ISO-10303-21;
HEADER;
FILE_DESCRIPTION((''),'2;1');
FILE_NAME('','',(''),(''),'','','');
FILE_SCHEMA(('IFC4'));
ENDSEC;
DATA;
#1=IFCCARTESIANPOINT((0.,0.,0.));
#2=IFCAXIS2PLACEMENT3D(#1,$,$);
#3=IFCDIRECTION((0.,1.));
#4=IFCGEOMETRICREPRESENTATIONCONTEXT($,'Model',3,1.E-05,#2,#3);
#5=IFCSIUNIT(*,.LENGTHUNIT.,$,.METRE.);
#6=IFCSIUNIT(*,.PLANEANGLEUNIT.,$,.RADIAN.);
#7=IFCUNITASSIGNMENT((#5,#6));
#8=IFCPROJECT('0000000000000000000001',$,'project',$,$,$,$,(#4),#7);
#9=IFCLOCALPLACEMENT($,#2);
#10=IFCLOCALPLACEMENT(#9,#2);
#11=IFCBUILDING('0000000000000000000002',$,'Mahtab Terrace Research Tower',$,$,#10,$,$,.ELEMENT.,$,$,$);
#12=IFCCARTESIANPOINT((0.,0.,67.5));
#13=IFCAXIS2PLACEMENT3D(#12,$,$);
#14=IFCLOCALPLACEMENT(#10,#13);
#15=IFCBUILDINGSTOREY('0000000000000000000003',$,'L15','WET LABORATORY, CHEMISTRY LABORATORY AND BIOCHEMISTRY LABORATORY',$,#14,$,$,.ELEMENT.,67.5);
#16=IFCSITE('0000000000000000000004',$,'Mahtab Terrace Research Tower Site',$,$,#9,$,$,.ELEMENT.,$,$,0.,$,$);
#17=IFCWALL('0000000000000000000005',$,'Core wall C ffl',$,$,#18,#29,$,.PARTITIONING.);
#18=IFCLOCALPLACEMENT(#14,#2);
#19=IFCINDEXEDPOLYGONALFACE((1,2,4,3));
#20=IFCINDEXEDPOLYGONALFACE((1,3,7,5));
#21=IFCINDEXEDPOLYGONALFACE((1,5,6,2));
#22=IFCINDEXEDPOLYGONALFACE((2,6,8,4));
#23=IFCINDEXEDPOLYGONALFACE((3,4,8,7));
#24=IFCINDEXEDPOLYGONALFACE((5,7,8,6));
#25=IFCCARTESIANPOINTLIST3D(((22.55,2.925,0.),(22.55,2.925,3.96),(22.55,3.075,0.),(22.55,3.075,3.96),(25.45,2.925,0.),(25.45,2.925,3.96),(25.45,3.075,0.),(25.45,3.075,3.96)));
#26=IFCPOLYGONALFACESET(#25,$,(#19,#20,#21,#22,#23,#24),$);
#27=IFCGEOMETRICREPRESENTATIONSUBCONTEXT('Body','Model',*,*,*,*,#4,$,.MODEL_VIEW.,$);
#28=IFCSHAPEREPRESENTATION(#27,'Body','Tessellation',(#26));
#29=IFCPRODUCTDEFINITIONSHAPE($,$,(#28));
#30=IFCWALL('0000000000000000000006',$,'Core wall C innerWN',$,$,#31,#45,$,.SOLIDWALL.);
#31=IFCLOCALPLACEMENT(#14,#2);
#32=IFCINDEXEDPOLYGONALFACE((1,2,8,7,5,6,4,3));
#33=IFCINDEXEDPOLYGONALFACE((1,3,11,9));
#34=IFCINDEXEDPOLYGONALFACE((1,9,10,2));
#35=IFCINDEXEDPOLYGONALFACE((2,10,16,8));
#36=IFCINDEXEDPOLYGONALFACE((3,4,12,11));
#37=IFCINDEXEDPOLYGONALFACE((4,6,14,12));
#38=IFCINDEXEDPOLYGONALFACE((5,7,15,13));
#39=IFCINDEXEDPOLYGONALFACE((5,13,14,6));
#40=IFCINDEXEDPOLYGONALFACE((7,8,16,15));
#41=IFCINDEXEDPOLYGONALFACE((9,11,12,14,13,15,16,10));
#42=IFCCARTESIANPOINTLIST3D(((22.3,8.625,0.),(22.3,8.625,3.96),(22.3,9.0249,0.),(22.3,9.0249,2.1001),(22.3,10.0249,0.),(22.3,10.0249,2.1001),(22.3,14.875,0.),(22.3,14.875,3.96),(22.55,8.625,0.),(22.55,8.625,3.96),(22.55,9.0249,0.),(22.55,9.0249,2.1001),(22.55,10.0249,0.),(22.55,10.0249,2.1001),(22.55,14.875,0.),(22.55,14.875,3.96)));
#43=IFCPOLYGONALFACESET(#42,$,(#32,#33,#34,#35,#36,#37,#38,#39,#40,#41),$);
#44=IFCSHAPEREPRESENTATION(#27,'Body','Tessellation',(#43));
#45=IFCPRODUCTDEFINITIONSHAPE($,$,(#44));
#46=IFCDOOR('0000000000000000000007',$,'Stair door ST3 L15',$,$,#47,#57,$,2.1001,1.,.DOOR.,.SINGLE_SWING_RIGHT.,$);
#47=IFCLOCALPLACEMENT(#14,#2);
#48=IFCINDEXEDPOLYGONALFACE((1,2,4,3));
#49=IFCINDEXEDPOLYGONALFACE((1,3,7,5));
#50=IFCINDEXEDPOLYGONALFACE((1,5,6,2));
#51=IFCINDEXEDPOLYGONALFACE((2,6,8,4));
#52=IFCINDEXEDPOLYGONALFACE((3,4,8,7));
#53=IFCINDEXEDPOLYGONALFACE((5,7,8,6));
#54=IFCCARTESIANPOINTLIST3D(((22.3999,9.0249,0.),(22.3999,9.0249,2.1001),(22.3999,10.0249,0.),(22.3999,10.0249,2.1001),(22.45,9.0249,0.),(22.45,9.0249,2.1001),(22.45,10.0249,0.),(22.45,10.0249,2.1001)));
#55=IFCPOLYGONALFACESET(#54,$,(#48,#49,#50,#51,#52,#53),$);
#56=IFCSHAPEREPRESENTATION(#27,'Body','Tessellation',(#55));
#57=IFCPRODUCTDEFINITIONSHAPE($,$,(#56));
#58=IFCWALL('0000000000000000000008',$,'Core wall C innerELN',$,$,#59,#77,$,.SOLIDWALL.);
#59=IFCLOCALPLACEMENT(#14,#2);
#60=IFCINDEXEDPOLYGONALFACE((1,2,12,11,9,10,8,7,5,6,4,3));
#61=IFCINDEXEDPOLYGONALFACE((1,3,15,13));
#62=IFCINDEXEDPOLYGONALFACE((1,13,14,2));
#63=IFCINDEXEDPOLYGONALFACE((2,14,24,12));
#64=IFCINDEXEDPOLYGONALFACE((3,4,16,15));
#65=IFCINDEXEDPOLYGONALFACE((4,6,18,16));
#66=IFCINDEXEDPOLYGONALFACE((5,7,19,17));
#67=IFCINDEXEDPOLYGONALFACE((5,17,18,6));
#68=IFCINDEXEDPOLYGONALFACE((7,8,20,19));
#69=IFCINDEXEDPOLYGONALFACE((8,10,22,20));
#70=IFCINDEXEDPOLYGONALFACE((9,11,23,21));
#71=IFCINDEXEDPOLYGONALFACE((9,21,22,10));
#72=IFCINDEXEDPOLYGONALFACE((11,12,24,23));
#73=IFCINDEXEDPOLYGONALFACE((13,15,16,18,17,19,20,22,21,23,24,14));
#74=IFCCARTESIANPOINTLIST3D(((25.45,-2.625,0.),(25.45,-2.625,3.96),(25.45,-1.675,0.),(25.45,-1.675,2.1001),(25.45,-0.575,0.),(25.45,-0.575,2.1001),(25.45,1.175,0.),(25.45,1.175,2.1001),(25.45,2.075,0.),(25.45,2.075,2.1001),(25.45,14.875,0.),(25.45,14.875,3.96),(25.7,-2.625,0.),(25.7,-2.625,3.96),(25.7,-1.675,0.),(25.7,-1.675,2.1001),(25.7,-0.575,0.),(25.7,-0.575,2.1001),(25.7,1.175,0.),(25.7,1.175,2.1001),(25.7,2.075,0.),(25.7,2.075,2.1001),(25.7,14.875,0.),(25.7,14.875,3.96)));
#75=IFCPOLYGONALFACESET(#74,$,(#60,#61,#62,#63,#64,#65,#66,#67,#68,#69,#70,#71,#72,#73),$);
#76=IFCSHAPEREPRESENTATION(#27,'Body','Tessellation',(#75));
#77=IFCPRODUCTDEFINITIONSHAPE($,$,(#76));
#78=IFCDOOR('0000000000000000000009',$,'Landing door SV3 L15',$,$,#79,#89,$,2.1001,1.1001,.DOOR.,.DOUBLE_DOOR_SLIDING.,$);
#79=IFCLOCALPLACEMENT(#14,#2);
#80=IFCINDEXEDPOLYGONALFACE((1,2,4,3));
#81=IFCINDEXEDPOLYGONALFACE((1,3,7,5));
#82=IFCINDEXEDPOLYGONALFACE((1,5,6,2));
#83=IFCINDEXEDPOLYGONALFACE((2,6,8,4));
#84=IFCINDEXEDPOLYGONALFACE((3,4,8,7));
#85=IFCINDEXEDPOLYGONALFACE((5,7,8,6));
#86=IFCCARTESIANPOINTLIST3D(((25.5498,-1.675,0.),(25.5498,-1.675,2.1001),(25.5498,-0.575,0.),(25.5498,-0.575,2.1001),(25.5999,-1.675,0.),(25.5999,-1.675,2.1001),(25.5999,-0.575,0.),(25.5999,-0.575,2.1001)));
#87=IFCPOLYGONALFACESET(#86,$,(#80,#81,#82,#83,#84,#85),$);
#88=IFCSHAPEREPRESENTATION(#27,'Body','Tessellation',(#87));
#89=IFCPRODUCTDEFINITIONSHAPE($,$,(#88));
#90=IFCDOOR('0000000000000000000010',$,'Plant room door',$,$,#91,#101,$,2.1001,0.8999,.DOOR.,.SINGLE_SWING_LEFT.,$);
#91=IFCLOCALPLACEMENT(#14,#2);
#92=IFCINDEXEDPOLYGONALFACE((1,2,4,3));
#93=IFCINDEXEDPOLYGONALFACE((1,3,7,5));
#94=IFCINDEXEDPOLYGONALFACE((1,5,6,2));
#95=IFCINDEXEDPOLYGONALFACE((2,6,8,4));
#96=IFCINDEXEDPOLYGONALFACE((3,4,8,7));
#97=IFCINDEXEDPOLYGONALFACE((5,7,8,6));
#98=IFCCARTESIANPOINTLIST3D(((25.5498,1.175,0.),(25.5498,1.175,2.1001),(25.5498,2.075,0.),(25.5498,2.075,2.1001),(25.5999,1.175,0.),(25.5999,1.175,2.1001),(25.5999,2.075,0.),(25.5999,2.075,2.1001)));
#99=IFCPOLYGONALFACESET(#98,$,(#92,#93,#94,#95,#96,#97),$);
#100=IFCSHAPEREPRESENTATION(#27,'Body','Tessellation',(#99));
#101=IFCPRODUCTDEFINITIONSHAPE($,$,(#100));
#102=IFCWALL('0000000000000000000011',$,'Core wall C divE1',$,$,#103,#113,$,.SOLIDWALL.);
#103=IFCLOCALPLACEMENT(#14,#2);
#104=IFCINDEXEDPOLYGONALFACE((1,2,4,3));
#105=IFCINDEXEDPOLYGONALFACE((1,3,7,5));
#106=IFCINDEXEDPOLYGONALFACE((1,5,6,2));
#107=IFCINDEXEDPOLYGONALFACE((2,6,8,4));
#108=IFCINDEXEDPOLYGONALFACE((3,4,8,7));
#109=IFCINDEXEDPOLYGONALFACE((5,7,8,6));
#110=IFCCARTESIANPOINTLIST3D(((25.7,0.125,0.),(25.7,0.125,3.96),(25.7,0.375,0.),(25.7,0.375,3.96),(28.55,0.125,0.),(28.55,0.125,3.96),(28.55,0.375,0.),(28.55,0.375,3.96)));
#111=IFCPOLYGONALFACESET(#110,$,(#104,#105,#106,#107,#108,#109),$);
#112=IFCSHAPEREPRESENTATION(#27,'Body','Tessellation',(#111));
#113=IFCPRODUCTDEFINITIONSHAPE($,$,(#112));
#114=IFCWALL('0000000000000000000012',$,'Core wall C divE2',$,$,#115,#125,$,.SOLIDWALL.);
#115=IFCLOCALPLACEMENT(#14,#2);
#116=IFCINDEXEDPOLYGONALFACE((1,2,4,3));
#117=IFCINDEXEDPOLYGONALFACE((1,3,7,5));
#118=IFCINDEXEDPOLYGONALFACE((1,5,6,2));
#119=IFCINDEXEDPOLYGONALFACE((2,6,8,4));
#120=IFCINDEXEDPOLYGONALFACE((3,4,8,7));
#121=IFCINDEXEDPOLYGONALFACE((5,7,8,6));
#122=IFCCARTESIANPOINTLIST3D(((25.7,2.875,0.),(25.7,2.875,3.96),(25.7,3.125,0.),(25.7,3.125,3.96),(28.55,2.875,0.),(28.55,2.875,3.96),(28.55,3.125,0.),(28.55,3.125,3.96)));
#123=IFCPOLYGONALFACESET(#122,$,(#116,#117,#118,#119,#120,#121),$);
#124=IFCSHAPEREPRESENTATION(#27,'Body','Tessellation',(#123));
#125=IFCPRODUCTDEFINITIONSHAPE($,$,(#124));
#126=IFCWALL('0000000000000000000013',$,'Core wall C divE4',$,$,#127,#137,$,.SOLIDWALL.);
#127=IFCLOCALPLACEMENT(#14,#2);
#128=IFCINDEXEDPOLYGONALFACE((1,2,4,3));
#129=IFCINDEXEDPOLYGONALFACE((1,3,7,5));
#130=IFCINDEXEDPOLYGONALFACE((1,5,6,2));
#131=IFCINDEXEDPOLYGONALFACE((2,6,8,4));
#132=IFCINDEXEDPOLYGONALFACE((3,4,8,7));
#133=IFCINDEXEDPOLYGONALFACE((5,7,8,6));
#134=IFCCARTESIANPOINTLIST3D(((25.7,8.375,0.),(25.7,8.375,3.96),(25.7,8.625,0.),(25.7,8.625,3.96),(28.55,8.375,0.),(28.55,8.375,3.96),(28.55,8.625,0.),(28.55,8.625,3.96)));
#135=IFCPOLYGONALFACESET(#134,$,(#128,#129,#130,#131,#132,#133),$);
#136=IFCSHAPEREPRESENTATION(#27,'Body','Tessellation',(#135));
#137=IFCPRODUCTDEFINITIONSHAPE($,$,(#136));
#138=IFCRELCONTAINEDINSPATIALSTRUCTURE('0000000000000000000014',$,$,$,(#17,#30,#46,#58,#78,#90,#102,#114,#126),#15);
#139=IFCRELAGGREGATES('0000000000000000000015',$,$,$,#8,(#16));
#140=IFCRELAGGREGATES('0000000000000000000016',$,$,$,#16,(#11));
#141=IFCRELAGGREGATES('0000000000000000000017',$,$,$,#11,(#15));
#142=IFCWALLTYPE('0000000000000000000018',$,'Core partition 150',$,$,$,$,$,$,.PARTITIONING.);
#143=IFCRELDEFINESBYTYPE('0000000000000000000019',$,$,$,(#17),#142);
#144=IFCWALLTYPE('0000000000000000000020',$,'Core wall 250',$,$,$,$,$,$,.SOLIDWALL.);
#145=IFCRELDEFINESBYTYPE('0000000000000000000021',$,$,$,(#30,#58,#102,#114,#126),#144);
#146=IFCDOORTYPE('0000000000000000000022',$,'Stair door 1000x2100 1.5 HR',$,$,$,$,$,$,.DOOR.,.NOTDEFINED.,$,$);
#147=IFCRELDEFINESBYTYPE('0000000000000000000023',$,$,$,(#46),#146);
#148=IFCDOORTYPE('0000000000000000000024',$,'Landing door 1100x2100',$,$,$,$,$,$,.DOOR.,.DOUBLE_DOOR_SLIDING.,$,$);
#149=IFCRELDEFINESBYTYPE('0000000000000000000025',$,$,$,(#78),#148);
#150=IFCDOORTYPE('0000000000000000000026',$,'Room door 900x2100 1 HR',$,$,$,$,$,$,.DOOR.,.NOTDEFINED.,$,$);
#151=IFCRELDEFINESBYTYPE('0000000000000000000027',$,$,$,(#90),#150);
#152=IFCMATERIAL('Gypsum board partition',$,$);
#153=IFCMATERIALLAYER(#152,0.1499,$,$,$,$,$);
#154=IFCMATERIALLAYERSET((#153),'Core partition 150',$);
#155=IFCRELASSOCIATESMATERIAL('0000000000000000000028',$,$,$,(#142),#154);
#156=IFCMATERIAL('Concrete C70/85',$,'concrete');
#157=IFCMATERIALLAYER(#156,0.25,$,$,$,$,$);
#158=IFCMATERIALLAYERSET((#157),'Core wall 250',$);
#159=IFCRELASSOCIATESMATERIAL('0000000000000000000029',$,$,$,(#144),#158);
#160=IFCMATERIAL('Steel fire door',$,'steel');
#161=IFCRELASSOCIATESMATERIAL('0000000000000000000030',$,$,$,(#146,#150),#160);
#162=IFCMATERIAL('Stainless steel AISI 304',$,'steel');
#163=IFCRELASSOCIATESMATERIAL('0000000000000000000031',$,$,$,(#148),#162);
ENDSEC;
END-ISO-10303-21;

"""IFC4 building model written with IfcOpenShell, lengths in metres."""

from ifc_helpers import new_model, si_unit, direction, frame, frame_2d, origin, place, context, subcontext, project, spatial, rectangle, extrude, material, layer, layer_set, type_object, element, fill, save


model = new_model("IFC4")

# Units and contexts
model_context = context("Model", 3, precision=1e-05, world=origin(), true_north=direction((0.0, 1.0)))
body_context = subcontext(model_context, "Body", "Model", "MODEL_VIEW")
ifc_project = project(units=[si_unit("LENGTHUNIT", "METRE"), si_unit("PLANEANGLEUNIT", "RADIAN")], contexts=[model_context])

# Site, building, storey
site_placement = place(None, origin())
site = spatial("IfcSite", under=ifc_project, at=site_placement, Name="Mahtab Terrace Research Tower Site", CompositionType="ELEMENT", RefElevation=0.0)
building_placement = place(site_placement, origin())
building = spatial("IfcBuilding", under=site, at=building_placement, Name="Mahtab Terrace Research Tower", CompositionType="ELEMENT")
storey_placement = place(building_placement, frame((0.0, 0.0, 67.5)))
storey = spatial("IfcBuildingStorey", under=building, at=storey_placement, Name="L15", Description="WET LABORATORY, CHEMISTRY LABORATORY AND BIOCHEMISTRY LABORATORY", CompositionType="ELEMENT", Elevation=67.5)

# Shared definitions
ifc_material_1 = material(Name="Concrete C70/85", Category="concrete")

# Wall
ifc_material_2 = material(Name="Gypsum board partition")
ifc_layer_1 = layer(ifc_material_2, 0.1499)
ifc_layer_set_1 = layer_set([ifc_layer_1], Name="Core partition 150")
wall_type_1 = type_object("IfcWallType", Name="Core partition 150", PredefinedType="PARTITIONING", material=ifc_layer_set_1)
wall_1_placement = place(storey_placement, frame((22.55, 3.0, 0.0), z_axis=(0.0, 0.0, 1.0), x_axis=(1.0, 0.0, 0.0)))
element("IfcWall", 1, at=wall_1_placement, inside=storey, type_object=wall_type_1, Name="Core wall C ffl", PredefinedType="PARTITIONING", context=body_context, shape_type="SweptSolid", body=[
    extrude(rectangle(XDim=2.8999, YDim=0.1499, at=frame_2d((1.45, 0.0))), origin(), (0.0, 0.0, 1.0), 3.96),
])

# Wall, opening, door
ifc_layer_2 = layer(ifc_material_1, 0.25)
ifc_layer_set_2 = layer_set([ifc_layer_2], Name="Core wall 250")
wall_type_2 = type_object("IfcWallType", Name="Core wall 250", PredefinedType="SOLIDWALL", material=ifc_layer_set_2)
wall_2_placement = place(storey_placement, frame((22.425, 14.875, 0.0), z_axis=(0.0, 0.0, 1.0), x_axis=(0.0, -1.0, 0.0)))
wall_2 = element("IfcWall", 2, at=wall_2_placement, inside=storey, type_object=wall_type_2, Name="Core wall C innerWN", PredefinedType="SOLIDWALL", context=body_context, shape_type="SweptSolid", body=[
    extrude(rectangle(XDim=6.25, YDim=0.25, at=frame_2d((3.125, 0.0))), origin(), (0.0, 0.0, 1.0), 3.96),
])
opening_1_placement = place(wall_2_placement, frame((4.8501, 0.0, 0.0)))
opening_1 = element("IfcOpeningElement", 3, at=opening_1_placement, cuts=wall_2, PredefinedType="OPENING", context=body_context, shape_type="SweptSolid", body=[
    extrude(rectangle(XDim=1.0, YDim=2.1001, at=frame_2d((0.5, 1.05))), frame((0.0, 0.135, 0.0), z_axis=(0.0, -1.0, 0.0), x_axis=(1.0, 0.0, 0.0)), (0.0, 0.0, 1.0), 0.27),
])
ifc_material_3 = material(Name="Steel fire door", Category="steel")
door_type_1 = type_object("IfcDoorType", Name="Stair door 1000x2100 1.5 HR", OperationType="NOTDEFINED", PredefinedType="DOOR", material=ifc_material_3)
door_1_placement = place(opening_1_placement, origin())
door_1 = element("IfcDoor", 4, at=door_1_placement, inside=storey, type_object=door_type_1, Name="Stair door ST3 L15", OperationType="SINGLE_SWING_RIGHT", OverallHeight=2.1001, OverallWidth=1.0, PredefinedType="DOOR", context=body_context, shape_type="SweptSolid", body=[
    extrude(rectangle(XDim=1.0, YDim=2.1001, at=frame_2d((0.5, 1.05))), frame((0.0, 0.0249, 0.0), z_axis=(0.0, -1.0, 0.0), x_axis=(1.0, 0.0, 0.0)), (0.0, 0.0, 1.0), 0.05),
])
fill(opening_1, door_1)

# Wall, openings, doors
wall_3_placement = place(storey_placement, frame((25.575, 14.875, 0.0), z_axis=(0.0, 0.0, 1.0), x_axis=(0.0, -1.0, 0.0)))
wall_3 = element("IfcWall", 5, at=wall_3_placement, inside=storey, type_object=wall_type_2, Name="Core wall C innerELN", PredefinedType="SOLIDWALL", context=body_context, shape_type="SweptSolid", body=[
    extrude(rectangle(XDim=17.5, YDim=0.25, at=frame_2d((8.75, 0.0))), origin(), (0.0, 0.0, 1.0), 3.96),
])
opening_2_placement = place(wall_3_placement, frame((15.45, 0.0, 0.0)))
opening_2 = element("IfcOpeningElement", 6, at=opening_2_placement, cuts=wall_3, PredefinedType="OPENING", context=body_context, shape_type="SweptSolid", body=[
    extrude(rectangle(XDim=1.1001, YDim=2.1001, at=frame_2d((0.55, 1.05))), frame((0.0, 0.135, 0.0), z_axis=(0.0, -1.0, 0.0), x_axis=(1.0, 0.0, 0.0)), (0.0, 0.0, 1.0), 0.27),
])
opening_3_placement = place(wall_3_placement, frame((12.8, 0.0, 0.0)))
opening_3 = element("IfcOpeningElement", 7, at=opening_3_placement, cuts=wall_3, PredefinedType="OPENING", context=body_context, shape_type="SweptSolid", body=[
    extrude(rectangle(XDim=0.8999, YDim=2.1001, at=frame_2d((0.45, 1.05))), frame((0.0, 0.135, 0.0), z_axis=(0.0, -1.0, 0.0), x_axis=(1.0, 0.0, 0.0)), (0.0, 0.0, 1.0), 0.27),
])
ifc_material_4 = material(Name="Stainless steel AISI 304", Category="steel")
door_type_2 = type_object("IfcDoorType", Name="Landing door 1100x2100", OperationType="DOUBLE_DOOR_SLIDING", PredefinedType="DOOR", material=ifc_material_4)
door_2_placement = place(opening_2_placement, origin())
door_2 = element("IfcDoor", 8, at=door_2_placement, inside=storey, type_object=door_type_2, Name="Landing door SV3 L15", OperationType="DOUBLE_DOOR_SLIDING", OverallHeight=2.1001, OverallWidth=1.1001, PredefinedType="DOOR", context=body_context, shape_type="SweptSolid", body=[
    extrude(rectangle(XDim=1.1001, YDim=2.1001, at=frame_2d((0.55, 1.05))), frame((0.0, 0.0249, 0.0), z_axis=(0.0, -1.0, 0.0), x_axis=(1.0, 0.0, 0.0)), (0.0, 0.0, 1.0), 0.05),
])
fill(opening_2, door_2)
door_type_3 = type_object("IfcDoorType", Name="Room door 900x2100 1 HR", OperationType="NOTDEFINED", PredefinedType="DOOR", material=ifc_material_3)
door_3_placement = place(opening_3_placement, origin())
door_3 = element("IfcDoor", 9, at=door_3_placement, inside=storey, type_object=door_type_3, Name="Plant room door", OperationType="SINGLE_SWING_LEFT", OverallHeight=2.1001, OverallWidth=0.8999, PredefinedType="DOOR", context=body_context, shape_type="SweptSolid", body=[
    extrude(rectangle(XDim=0.8999, YDim=2.1001, at=frame_2d((0.45, 1.05))), frame((0.0, 0.0249, 0.0), z_axis=(0.0, -1.0, 0.0), x_axis=(1.0, 0.0, 0.0)), (0.0, 0.0, 1.0), 0.05),
])
fill(opening_3, door_3)

# Walls
for number, where, z_axis, x_axis, name in (
    (10, (25.7, 0.25, 0.0), (0.0, 0.0, 1.0), (1.0, 0.0, 0.0), "Core wall C divE1"),
    (11, (25.7, 3.0, 0.0), (0.0, 0.0, 1.0), (1.0, 0.0, 0.0), "Core wall C divE2"),
    (12, (25.7, 8.5, 0.0), (0.0, 0.0, 1.0), (1.0, 0.0, 0.0), "Core wall C divE4"),
):
    element("IfcWall", number, at=place(storey_placement, frame(where, z_axis=z_axis, x_axis=x_axis)), inside=storey, type_object=wall_type_2, Name=name, PredefinedType="SOLIDWALL", context=body_context, shape_type="SweptSolid", body=[
        extrude(rectangle(XDim=2.8501, YDim=0.25, at=frame_2d((1.425, 0.0))), origin(), (0.0, 0.0, 1.0), 3.96),
    ])

save(model, "model.ifc")
